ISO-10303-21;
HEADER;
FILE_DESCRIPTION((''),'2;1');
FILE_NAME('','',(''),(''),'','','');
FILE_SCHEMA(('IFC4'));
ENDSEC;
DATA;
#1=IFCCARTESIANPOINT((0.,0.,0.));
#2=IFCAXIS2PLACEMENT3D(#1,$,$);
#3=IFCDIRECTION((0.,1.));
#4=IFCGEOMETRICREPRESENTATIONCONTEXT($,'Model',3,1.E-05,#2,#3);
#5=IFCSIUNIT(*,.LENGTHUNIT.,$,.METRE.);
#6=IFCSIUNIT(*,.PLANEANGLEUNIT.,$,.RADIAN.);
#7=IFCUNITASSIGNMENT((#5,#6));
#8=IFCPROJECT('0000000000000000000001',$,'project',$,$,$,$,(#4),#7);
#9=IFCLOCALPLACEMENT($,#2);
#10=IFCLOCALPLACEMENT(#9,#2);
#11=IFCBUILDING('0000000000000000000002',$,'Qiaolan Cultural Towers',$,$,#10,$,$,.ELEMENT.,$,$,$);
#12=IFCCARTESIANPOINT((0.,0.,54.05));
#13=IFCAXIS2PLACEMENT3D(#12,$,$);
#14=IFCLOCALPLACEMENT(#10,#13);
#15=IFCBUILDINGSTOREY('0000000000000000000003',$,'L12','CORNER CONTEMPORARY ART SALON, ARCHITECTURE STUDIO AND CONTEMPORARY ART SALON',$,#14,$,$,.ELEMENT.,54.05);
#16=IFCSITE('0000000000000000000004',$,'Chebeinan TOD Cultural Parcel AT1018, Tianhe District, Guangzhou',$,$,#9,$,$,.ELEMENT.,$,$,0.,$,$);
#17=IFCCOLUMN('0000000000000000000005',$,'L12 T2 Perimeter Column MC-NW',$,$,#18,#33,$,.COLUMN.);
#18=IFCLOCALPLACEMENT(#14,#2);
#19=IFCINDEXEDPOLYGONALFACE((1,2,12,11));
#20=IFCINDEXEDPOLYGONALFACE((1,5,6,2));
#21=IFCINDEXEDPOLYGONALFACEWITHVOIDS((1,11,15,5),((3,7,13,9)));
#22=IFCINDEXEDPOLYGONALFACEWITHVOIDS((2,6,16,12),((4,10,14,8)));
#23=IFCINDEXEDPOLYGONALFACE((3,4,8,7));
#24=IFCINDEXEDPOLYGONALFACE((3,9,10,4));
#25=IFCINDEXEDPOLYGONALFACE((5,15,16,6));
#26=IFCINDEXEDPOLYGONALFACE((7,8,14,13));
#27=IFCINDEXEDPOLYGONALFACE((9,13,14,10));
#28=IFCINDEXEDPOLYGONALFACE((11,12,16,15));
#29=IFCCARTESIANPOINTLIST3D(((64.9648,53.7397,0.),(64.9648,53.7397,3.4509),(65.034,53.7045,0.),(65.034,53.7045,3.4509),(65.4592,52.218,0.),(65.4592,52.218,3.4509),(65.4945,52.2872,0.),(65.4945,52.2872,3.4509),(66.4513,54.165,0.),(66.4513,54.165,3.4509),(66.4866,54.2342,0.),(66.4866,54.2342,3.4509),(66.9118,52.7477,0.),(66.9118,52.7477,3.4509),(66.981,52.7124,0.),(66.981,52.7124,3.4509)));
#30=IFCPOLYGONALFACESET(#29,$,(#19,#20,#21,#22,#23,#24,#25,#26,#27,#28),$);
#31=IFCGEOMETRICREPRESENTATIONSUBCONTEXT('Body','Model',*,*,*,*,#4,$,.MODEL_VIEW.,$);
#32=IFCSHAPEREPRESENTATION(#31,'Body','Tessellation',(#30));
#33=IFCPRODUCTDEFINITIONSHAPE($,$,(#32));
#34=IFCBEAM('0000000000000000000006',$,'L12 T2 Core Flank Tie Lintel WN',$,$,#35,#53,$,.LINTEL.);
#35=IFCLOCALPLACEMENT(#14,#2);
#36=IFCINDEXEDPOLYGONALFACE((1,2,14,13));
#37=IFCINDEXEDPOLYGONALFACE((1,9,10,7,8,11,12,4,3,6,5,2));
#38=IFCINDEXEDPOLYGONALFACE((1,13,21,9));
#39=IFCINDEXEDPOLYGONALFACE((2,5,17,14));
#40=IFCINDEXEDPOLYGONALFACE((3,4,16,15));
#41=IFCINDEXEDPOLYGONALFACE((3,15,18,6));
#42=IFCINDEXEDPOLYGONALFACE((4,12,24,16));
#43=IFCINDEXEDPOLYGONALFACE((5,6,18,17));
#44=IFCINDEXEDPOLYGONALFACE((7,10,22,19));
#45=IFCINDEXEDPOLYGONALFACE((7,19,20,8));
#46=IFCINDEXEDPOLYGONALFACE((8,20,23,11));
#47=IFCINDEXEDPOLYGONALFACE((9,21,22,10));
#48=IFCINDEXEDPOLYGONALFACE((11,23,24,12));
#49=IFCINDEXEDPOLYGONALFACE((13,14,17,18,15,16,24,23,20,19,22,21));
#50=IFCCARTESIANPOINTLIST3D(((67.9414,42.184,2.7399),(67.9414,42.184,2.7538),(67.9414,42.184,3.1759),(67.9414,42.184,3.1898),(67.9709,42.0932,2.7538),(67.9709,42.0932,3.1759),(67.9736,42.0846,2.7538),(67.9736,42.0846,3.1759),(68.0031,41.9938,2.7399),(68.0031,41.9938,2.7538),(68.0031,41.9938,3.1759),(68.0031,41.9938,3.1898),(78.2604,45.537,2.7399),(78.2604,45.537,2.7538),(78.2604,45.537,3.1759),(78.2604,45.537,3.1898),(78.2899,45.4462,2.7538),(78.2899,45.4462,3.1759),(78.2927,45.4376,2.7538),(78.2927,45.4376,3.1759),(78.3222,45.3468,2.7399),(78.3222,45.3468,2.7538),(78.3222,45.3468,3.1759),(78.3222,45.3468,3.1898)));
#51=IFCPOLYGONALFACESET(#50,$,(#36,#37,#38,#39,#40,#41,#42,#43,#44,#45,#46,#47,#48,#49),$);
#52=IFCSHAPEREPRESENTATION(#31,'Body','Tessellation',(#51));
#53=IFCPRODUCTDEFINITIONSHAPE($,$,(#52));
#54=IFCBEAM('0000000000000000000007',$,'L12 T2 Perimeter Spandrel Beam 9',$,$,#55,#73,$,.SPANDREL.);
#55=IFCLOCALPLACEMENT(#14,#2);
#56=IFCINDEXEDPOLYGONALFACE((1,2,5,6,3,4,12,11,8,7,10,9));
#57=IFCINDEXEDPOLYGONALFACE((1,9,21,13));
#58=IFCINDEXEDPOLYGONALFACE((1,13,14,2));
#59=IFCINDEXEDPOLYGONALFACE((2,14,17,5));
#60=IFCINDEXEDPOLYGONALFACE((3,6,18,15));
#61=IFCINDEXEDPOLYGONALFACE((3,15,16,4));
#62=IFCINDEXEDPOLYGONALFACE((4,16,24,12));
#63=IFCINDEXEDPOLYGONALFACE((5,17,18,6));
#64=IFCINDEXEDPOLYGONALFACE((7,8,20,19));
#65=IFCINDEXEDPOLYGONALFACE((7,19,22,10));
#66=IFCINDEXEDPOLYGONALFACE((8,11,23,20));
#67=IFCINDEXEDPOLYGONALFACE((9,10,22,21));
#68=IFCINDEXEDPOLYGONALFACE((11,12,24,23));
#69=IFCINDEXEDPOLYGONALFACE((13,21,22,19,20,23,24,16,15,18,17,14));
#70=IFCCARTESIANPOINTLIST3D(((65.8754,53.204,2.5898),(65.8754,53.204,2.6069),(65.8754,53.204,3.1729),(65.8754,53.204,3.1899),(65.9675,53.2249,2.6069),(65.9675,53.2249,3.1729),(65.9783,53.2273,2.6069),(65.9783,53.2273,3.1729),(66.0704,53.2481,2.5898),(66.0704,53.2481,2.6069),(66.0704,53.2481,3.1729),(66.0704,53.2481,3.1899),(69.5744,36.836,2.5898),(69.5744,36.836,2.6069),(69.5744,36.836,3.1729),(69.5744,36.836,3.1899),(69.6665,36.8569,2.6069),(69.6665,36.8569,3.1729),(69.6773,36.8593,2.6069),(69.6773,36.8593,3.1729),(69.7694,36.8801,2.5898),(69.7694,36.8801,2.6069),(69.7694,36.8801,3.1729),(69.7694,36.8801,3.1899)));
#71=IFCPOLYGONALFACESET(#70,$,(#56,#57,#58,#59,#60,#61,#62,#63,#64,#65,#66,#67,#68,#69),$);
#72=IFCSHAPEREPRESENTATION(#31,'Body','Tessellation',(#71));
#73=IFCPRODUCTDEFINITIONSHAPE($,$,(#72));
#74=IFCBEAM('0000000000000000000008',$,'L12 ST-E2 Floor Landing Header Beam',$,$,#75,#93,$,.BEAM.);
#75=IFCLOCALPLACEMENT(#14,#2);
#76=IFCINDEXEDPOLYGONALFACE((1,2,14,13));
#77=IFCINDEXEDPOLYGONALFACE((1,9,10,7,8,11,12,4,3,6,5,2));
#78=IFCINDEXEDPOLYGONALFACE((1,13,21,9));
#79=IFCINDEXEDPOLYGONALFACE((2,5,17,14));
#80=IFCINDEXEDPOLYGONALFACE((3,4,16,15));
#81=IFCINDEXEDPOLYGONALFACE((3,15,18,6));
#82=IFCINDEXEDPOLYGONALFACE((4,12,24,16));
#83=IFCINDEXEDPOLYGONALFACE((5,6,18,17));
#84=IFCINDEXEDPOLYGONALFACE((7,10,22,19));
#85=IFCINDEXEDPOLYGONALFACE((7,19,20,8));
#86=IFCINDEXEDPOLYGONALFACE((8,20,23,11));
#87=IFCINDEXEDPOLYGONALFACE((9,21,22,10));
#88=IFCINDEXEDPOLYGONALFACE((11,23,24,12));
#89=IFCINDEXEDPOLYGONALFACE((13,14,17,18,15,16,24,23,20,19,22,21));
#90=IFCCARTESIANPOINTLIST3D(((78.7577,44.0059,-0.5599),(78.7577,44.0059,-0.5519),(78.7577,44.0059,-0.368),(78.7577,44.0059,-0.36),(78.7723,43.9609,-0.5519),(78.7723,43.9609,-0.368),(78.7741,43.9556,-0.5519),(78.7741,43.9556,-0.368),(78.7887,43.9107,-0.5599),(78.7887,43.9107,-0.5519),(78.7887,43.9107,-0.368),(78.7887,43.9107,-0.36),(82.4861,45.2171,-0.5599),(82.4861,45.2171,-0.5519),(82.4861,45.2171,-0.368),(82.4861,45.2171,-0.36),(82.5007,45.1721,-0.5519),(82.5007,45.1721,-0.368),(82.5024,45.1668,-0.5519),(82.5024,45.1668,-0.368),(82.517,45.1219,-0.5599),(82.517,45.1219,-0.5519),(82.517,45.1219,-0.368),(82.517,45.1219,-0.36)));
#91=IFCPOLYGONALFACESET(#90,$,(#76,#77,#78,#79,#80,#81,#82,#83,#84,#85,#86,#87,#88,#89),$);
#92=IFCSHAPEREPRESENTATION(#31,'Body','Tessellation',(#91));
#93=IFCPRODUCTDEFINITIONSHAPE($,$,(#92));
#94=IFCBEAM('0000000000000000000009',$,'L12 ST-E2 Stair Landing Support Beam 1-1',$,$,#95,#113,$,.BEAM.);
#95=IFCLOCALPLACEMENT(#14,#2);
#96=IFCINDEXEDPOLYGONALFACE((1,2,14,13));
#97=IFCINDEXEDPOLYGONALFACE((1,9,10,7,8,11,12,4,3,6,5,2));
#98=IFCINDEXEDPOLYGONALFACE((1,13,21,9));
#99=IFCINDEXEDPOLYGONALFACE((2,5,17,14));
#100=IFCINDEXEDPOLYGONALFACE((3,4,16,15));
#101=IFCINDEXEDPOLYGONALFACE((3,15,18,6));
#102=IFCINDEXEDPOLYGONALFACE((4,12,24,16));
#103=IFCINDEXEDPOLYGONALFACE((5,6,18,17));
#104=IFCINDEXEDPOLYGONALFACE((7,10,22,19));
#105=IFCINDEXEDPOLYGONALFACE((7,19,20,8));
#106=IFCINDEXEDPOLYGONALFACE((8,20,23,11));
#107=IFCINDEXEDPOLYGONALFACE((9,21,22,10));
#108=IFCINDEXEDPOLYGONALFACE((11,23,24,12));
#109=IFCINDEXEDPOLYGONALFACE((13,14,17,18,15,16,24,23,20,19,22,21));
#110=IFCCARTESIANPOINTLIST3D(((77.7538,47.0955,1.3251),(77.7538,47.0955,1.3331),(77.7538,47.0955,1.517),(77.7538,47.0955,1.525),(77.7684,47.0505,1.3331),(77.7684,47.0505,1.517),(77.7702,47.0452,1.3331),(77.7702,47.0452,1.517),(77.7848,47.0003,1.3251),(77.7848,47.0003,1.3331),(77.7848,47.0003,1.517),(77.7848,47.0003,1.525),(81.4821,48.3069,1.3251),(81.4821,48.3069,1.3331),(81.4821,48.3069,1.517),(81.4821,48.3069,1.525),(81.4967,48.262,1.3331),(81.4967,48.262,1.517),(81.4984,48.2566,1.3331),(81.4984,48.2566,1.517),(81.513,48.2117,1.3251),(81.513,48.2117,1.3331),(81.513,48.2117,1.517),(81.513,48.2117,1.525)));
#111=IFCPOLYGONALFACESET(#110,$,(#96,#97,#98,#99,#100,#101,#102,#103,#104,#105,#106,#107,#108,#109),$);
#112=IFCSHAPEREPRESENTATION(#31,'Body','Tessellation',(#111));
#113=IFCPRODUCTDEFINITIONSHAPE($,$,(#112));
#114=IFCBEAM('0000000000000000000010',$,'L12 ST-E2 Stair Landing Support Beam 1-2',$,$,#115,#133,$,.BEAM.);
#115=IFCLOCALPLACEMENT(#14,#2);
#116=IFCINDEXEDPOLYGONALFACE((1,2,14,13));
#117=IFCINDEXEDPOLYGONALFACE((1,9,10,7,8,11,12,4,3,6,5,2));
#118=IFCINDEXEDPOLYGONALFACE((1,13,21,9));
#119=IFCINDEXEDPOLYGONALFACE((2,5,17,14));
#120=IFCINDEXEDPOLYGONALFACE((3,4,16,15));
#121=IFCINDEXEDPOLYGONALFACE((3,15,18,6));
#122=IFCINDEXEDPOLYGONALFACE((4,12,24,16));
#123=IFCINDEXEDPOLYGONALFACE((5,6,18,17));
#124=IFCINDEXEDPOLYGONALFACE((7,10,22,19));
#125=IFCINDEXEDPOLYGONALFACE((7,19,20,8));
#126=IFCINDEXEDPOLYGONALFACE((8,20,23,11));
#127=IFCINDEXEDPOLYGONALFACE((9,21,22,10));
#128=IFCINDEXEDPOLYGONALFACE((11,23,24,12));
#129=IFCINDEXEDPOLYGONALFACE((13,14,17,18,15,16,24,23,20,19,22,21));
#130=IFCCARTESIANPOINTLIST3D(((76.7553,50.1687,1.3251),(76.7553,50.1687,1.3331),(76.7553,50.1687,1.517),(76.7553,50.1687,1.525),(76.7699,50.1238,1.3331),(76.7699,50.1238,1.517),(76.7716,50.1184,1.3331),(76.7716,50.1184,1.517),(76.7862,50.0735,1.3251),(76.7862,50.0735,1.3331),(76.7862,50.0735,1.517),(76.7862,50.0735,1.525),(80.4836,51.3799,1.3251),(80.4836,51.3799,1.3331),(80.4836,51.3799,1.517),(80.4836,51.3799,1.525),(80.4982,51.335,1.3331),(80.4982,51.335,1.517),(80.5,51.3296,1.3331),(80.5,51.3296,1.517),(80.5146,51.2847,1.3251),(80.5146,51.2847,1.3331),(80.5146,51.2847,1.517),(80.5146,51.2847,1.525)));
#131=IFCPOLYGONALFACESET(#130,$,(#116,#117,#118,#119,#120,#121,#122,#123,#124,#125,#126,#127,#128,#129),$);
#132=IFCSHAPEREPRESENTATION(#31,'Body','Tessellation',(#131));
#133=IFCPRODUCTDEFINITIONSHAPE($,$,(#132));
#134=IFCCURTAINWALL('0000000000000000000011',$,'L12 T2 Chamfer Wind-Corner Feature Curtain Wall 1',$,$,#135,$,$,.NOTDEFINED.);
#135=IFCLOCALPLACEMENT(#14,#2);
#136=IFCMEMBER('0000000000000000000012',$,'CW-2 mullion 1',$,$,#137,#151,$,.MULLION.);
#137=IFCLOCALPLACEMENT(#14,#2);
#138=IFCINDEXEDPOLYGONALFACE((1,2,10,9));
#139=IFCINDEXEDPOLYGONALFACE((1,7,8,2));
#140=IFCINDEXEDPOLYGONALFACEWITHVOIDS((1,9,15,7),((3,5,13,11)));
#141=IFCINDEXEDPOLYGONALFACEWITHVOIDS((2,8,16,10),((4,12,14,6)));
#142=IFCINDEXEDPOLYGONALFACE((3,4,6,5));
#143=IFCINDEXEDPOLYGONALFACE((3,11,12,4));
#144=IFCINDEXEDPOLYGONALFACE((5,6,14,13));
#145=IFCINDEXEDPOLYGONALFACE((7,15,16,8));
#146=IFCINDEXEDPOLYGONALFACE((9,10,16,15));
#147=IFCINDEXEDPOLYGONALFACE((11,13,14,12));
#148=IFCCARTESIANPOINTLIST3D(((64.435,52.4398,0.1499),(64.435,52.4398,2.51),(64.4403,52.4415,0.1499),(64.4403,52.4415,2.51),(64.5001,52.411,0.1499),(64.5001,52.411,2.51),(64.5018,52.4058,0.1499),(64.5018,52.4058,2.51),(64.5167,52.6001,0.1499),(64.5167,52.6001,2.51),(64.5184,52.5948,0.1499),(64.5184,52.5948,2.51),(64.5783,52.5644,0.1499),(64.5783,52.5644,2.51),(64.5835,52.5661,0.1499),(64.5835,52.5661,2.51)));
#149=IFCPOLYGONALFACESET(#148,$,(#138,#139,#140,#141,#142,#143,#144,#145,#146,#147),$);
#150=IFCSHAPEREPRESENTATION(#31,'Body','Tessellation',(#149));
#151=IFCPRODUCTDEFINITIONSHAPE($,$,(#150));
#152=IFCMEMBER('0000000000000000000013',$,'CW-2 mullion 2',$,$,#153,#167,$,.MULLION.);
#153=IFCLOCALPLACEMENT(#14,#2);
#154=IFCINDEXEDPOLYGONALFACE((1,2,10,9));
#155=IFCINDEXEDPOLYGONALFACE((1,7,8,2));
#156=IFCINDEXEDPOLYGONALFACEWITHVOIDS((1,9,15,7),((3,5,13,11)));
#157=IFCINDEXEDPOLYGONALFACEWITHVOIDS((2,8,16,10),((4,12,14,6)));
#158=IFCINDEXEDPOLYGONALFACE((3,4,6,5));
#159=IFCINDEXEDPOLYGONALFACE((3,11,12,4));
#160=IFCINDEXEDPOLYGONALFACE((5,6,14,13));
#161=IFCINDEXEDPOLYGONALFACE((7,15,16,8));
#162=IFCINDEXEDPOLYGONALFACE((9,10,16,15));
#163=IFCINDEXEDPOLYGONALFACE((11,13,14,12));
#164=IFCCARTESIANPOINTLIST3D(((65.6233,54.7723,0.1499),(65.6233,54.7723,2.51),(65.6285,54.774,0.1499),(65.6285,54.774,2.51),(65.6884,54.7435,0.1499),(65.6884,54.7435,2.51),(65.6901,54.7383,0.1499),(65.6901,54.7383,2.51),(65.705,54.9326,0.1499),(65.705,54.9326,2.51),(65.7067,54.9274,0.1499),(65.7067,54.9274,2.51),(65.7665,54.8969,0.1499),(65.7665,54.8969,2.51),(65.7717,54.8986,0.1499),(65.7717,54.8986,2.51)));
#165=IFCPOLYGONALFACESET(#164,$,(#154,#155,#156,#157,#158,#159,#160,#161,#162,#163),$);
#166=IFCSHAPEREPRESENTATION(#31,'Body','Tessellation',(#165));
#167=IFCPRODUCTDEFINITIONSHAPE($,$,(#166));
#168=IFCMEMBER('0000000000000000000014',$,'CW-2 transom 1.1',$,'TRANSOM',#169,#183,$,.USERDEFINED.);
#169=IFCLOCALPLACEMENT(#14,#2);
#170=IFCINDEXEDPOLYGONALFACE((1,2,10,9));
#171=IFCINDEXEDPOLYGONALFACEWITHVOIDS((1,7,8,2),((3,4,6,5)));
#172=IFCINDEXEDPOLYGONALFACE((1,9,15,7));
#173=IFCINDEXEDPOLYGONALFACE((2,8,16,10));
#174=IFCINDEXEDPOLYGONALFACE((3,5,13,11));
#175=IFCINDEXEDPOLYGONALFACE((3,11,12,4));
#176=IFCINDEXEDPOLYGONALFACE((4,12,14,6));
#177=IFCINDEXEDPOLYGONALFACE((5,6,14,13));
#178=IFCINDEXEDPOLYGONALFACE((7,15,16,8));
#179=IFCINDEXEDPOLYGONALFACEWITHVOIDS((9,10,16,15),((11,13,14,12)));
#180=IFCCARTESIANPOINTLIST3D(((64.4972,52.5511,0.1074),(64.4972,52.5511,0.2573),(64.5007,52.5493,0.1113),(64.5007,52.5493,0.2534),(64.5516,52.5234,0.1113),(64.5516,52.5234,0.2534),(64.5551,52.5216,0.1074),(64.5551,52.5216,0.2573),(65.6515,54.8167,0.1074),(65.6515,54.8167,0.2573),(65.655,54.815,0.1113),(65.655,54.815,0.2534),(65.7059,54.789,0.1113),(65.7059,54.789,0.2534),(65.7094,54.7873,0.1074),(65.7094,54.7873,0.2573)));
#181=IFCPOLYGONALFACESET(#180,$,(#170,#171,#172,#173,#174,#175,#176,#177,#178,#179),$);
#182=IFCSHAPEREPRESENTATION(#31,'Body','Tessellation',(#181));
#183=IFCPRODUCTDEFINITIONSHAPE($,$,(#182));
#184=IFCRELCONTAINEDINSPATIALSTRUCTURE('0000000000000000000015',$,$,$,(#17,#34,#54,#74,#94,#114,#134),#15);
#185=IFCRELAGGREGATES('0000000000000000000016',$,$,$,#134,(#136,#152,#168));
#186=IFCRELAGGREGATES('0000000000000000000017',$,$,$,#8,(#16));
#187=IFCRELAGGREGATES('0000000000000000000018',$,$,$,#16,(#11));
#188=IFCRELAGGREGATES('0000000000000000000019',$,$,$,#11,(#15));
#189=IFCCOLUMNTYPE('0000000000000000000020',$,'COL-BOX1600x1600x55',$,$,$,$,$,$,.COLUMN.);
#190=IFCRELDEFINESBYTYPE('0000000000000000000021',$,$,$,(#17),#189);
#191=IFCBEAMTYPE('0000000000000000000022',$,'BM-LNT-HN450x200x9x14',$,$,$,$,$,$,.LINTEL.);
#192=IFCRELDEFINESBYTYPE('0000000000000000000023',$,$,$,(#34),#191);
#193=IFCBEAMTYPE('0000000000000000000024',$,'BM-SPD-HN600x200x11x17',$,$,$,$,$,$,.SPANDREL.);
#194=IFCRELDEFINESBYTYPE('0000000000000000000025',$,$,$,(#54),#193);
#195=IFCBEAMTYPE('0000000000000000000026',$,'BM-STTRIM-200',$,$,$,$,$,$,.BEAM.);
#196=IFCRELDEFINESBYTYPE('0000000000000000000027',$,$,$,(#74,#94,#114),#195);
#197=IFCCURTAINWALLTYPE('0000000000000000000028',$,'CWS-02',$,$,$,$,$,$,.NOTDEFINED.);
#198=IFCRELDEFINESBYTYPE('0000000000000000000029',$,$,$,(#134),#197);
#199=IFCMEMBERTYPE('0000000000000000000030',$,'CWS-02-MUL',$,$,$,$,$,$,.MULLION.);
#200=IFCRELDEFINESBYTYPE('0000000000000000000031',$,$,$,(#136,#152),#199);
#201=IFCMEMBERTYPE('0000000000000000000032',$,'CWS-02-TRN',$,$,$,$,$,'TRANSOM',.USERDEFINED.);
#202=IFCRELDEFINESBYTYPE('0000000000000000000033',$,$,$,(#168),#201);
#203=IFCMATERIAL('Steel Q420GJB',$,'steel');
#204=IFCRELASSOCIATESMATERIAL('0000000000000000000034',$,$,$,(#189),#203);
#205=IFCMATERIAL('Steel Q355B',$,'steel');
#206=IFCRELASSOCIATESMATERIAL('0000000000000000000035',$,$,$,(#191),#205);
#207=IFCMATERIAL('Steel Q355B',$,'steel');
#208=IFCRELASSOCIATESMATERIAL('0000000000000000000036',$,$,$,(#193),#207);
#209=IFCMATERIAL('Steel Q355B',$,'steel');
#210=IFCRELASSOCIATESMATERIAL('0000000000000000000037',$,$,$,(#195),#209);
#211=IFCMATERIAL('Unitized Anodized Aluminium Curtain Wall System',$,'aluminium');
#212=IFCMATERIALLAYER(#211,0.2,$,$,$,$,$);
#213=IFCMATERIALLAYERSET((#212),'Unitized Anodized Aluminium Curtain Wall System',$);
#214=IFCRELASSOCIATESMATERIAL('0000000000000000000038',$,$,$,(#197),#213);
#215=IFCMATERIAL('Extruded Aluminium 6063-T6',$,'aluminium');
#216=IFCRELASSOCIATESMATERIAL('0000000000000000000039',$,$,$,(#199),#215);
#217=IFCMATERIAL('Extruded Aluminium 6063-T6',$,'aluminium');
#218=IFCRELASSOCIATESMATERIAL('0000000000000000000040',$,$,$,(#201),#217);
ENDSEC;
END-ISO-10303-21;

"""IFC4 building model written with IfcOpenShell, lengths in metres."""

from ifc_helpers import new_model, si_unit, direction, frame, origin, origin_2d, place, context, subcontext, project, spatial, hollow_rectangle, i_section, extrude, material, layer, layer_set, material_profile, profile_set, type_object, element, aggregate, save


model = new_model("IFC4")

# Units and contexts
model_context = context("Model", 3, precision=1e-05, world=origin(), true_north=direction((0.0, 1.0)))
body_context = subcontext(model_context, "Body", "Model", "MODEL_VIEW")
ifc_project = project(units=[si_unit("LENGTHUNIT", "METRE"), si_unit("PLANEANGLEUNIT", "RADIAN")], contexts=[model_context])

# Site, building, storey
site_placement = place(None, origin())
site = spatial("IfcSite", under=ifc_project, at=site_placement, Name="Chebeinan TOD Cultural Parcel AT1018, Tianhe District, Guangzhou", CompositionType="ELEMENT", RefElevation=0.0)
building_placement = place(site_placement, origin())
building = spatial("IfcBuilding", under=site, at=building_placement, Name="Qiaolan Cultural Towers", CompositionType="ELEMENT")
storey_placement = place(building_placement, frame((0.0, 0.0, 54.05)))
storey = spatial("IfcBuildingStorey", under=building, at=storey_placement, Name="L12", Description="CORNER CONTEMPORARY ART SALON, ARCHITECTURE STUDIO AND CONTEMPORARY ART SALON", CompositionType="ELEMENT", Elevation=54.05)

# Column
ifc_material_1 = material(Name="Steel Q420GJB", Category="steel")
ifc_material_profile_1 = material_profile(ifc_material_1, hollow_rectangle(XDim=1.6001, YDim=1.6001, WallThickness=0.0549, at=origin_2d()), Name="BOX1600x1600x55")
ifc_profile_set_1 = profile_set([ifc_material_profile_1], Name="Steel Q420GJB")
column_type = type_object("IfcColumnType", Name="COL-BOX1600x1600x55", PredefinedType="COLUMN", material=ifc_profile_set_1)
column_placement = place(storey_placement, frame((65.9729, 53.2261, 0.0), z_axis=(0.0, 0.0, 1.0), x_axis=(0.951057, 0.309017, 0.0)))
element("IfcColumn", 1, at=column_placement, inside=storey, type_object=column_type, Name="L12 T2 Perimeter Column MC-NW", PredefinedType="COLUMN", context=body_context, shape_type="SweptSolid", body=[
    extrude(hollow_rectangle(XDim=1.6001, YDim=1.6001, WallThickness=0.0549, at=origin_2d()), origin(), (0.0, 0.0, 1.0), 3.4509),
])

# Beams
ifc_material_2 = material(Name="Steel Q355B", Category="steel")
ifc_material_profile_2 = material_profile(ifc_material_2, i_section(OverallWidth=0.2, OverallDepth=0.45, WebThickness=0.009, FlangeThickness=0.0139, at=origin_2d()), Name="HN450x200x9x14")
ifc_profile_set_2 = profile_set([ifc_material_profile_2], Name="Steel Q355B")
beam_type_1 = type_object("IfcBeamType", Name="BM-LNT-HN450x200x9x14", PredefinedType="LINTEL", material=ifc_profile_set_2)
beam_1_placement = place(storey_placement, frame((78.2913, 45.4419, 2.9648), z_axis=(-0.951052, -0.30903, 0.0), x_axis=(0.30903, -0.951052, 0.0)))
element("IfcBeam", 2, at=beam_1_placement, inside=storey, type_object=beam_type_1, Name="L12 T2 Core Flank Tie Lintel WN", PredefinedType="LINTEL", context=body_context, shape_type="SweptSolid", body=[
    extrude(i_section(OverallWidth=0.2, OverallDepth=0.45, WebThickness=0.009, FlangeThickness=0.0139, at=origin_2d()), origin(), (0.0, 0.0, 1.0), 10.8501),
])
ifc_material_3 = material(Name="Steel Q355B", Category="steel")
ifc_material_profile_3 = material_profile(ifc_material_3, i_section(OverallWidth=0.2, OverallDepth=0.6001, WebThickness=0.011, FlangeThickness=0.0171, at=origin_2d()), Name="HN600x200x11x17")
ifc_profile_set_3 = profile_set([ifc_material_profile_3], Name="Steel Q355B")
beam_type_2 = type_object("IfcBeamType", Name="BM-SPD-HN600x200x11x17", PredefinedType="SPANDREL", material=ifc_profile_set_3)
beam_2_placement = place(storey_placement, frame((65.9729, 53.2261, 2.8899), z_axis=(0.220431, -0.975403, 0.0), x_axis=(0.975403, 0.220431, 0.0)))
element("IfcBeam", 3, at=beam_2_placement, inside=storey, type_object=beam_type_2, Name="L12 T2 Perimeter Spandrel Beam 9", PredefinedType="SPANDREL", context=body_context, shape_type="SweptSolid", body=[
    extrude(i_section(OverallWidth=0.2, OverallDepth=0.6001, WebThickness=0.011, FlangeThickness=0.0171, at=origin_2d()), origin(), (0.0, 0.0, 1.0), 16.7808),
])
ifc_material_4 = material(Name="Steel Q355B", Category="steel")
ifc_material_profile_4 = material_profile(ifc_material_4, i_section(OverallWidth=0.1001, OverallDepth=0.2, WebThickness=0.0056, FlangeThickness=0.0081, at=origin_2d()), Name="HN200x100x5.5x8")
ifc_profile_set_4 = profile_set([ifc_material_profile_4], Name="Steel Q355B")
beam_type_3 = type_object("IfcBeamType", Name="BM-STTRIM-200", PredefinedType="BEAM", material=ifc_profile_set_4)
for number, where, z_axis, x_axis, name in (
    (4, (78.7732, 43.9583, -0.46), (0.951072, 0.308969, 0.0), (-0.308969, 0.951072, 0.0), "L12 ST-E2 Floor Landing Header Beam"),
    (5, (77.7693, 47.0479, 1.425), (0.951054, 0.309026, 0.0), (-0.309026, 0.951054, 0.0), "L12 ST-E2 Stair Landing Support Beam 1-1"),
    (6, (76.7708, 50.1211, 1.425), (0.951072, 0.308969, 0.0), (-0.308969, 0.951072, 0.0), "L12 ST-E2 Stair Landing Support Beam 1-2"),
):
    element("IfcBeam", number, at=place(storey_placement, frame(where, z_axis=z_axis, x_axis=x_axis)), inside=storey, type_object=beam_type_3, Name=name, PredefinedType="BEAM", context=body_context, shape_type="SweptSolid", body=[
        extrude(i_section(OverallWidth=0.1001, OverallDepth=0.2, WebThickness=0.0056, FlangeThickness=0.0081, at=origin_2d()), origin(), (0.0, 0.0, 1.0), 3.9202),
    ])

# Curtain wall, members
ifc_material_5 = material(Name="Unitized Anodized Aluminium Curtain Wall System", Category="aluminium")
ifc_layer_1 = layer(ifc_material_5, 0.2)
ifc_layer_set_1 = layer_set([ifc_layer_1], Name="Unitized Anodized Aluminium Curtain Wall System")
curtain_wall_type = type_object("IfcCurtainWallType", Name="CWS-02", PredefinedType="NOTDEFINED", material=ifc_layer_set_1)
curtain_wall_placement = place(storey_placement, origin())
curtain_wall = element("IfcCurtainWall", 7, at=curtain_wall_placement, inside=storey, type_object=curtain_wall_type, Name="L12 T2 Chamfer Wind-Corner Feature Curtain Wall 1", PredefinedType="NOTDEFINED")
ifc_material_6 = material(Name="Extruded Aluminium 6063-T6", Category="aluminium")
ifc_material_profile_5 = material_profile(ifc_material_6, hollow_rectangle(XDim=0.075, YDim=0.1799, WallThickness=0.0039, at=origin_2d()), Name="CWM-180x75x4")
ifc_profile_set_5 = profile_set([ifc_material_profile_5], Name="Extruded Aluminium 6063-T6")
member_type_1 = type_object("IfcMemberType", Name="CWS-02-MUL", PredefinedType="MULLION", material=ifc_profile_set_5)
member_1_placement = place(storey_placement, frame((64.5093, 52.5029, 0.1499), z_axis=(0.0, 0.0, 1.0), x_axis=(-0.891007, 0.45399, 0.0)))
member_1 = element("IfcMember", 8, at=member_1_placement, type_object=member_type_1, Name="CW-2 mullion 1", PredefinedType="MULLION", context=body_context, shape_type="SweptSolid", body=[
    extrude(hollow_rectangle(XDim=0.075, YDim=0.1799, WallThickness=0.0039, at=origin_2d()), origin(), (0.0, 0.0, 1.0), 2.3601),
])
member_2_placement = place(storey_placement, frame((65.6975, 54.8354, 0.1499), z_axis=(0.0, 0.0, 1.0), x_axis=(-0.891007, 0.45399, 0.0)))
member_2 = element("IfcMember", 9, at=member_2_placement, type_object=member_type_1, Name="CW-2 mullion 2", PredefinedType="MULLION", context=body_context, shape_type="SweptSolid", body=[
    extrude(hollow_rectangle(XDim=0.075, YDim=0.1799, WallThickness=0.0039, at=origin_2d()), origin(), (0.0, 0.0, 1.0), 2.3601),
])
ifc_material_7 = material(Name="Extruded Aluminium 6063-T6", Category="aluminium")
ifc_material_profile_6 = material_profile(ifc_material_7, hollow_rectangle(XDim=0.0649, YDim=0.1499, WallThickness=0.0039, at=origin_2d()), Name="CWT-150x65x4")
ifc_profile_set_6 = profile_set([ifc_material_profile_6], Name="Extruded Aluminium 6063-T6")
member_type_2 = type_object("IfcMemberType", Name="CWS-02-TRN", ElementType="TRANSOM", PredefinedType="USERDEFINED", material=ifc_profile_set_6)
member_3_placement = place(storey_placement, frame((64.5261, 52.5364, 0.1824), z_axis=(0.45396, 0.891022, 0.0), x_axis=(-0.891022, 0.45396, 0.0)))
member_3 = element("IfcMember", 10, at=member_3_placement, type_object=member_type_2, Name="CW-2 transom 1.1", ObjectType="TRANSOM", PredefinedType="USERDEFINED", context=body_context, shape_type="SweptSolid", body=[
    extrude(hollow_rectangle(XDim=0.0649, YDim=0.1499, WallThickness=0.0039, at=origin_2d()), origin(), (0.0, 0.0, 1.0), 2.5427),
])
aggregate(curtain_wall, [member_1, member_2, member_3])

save(model, "model.ifc")
